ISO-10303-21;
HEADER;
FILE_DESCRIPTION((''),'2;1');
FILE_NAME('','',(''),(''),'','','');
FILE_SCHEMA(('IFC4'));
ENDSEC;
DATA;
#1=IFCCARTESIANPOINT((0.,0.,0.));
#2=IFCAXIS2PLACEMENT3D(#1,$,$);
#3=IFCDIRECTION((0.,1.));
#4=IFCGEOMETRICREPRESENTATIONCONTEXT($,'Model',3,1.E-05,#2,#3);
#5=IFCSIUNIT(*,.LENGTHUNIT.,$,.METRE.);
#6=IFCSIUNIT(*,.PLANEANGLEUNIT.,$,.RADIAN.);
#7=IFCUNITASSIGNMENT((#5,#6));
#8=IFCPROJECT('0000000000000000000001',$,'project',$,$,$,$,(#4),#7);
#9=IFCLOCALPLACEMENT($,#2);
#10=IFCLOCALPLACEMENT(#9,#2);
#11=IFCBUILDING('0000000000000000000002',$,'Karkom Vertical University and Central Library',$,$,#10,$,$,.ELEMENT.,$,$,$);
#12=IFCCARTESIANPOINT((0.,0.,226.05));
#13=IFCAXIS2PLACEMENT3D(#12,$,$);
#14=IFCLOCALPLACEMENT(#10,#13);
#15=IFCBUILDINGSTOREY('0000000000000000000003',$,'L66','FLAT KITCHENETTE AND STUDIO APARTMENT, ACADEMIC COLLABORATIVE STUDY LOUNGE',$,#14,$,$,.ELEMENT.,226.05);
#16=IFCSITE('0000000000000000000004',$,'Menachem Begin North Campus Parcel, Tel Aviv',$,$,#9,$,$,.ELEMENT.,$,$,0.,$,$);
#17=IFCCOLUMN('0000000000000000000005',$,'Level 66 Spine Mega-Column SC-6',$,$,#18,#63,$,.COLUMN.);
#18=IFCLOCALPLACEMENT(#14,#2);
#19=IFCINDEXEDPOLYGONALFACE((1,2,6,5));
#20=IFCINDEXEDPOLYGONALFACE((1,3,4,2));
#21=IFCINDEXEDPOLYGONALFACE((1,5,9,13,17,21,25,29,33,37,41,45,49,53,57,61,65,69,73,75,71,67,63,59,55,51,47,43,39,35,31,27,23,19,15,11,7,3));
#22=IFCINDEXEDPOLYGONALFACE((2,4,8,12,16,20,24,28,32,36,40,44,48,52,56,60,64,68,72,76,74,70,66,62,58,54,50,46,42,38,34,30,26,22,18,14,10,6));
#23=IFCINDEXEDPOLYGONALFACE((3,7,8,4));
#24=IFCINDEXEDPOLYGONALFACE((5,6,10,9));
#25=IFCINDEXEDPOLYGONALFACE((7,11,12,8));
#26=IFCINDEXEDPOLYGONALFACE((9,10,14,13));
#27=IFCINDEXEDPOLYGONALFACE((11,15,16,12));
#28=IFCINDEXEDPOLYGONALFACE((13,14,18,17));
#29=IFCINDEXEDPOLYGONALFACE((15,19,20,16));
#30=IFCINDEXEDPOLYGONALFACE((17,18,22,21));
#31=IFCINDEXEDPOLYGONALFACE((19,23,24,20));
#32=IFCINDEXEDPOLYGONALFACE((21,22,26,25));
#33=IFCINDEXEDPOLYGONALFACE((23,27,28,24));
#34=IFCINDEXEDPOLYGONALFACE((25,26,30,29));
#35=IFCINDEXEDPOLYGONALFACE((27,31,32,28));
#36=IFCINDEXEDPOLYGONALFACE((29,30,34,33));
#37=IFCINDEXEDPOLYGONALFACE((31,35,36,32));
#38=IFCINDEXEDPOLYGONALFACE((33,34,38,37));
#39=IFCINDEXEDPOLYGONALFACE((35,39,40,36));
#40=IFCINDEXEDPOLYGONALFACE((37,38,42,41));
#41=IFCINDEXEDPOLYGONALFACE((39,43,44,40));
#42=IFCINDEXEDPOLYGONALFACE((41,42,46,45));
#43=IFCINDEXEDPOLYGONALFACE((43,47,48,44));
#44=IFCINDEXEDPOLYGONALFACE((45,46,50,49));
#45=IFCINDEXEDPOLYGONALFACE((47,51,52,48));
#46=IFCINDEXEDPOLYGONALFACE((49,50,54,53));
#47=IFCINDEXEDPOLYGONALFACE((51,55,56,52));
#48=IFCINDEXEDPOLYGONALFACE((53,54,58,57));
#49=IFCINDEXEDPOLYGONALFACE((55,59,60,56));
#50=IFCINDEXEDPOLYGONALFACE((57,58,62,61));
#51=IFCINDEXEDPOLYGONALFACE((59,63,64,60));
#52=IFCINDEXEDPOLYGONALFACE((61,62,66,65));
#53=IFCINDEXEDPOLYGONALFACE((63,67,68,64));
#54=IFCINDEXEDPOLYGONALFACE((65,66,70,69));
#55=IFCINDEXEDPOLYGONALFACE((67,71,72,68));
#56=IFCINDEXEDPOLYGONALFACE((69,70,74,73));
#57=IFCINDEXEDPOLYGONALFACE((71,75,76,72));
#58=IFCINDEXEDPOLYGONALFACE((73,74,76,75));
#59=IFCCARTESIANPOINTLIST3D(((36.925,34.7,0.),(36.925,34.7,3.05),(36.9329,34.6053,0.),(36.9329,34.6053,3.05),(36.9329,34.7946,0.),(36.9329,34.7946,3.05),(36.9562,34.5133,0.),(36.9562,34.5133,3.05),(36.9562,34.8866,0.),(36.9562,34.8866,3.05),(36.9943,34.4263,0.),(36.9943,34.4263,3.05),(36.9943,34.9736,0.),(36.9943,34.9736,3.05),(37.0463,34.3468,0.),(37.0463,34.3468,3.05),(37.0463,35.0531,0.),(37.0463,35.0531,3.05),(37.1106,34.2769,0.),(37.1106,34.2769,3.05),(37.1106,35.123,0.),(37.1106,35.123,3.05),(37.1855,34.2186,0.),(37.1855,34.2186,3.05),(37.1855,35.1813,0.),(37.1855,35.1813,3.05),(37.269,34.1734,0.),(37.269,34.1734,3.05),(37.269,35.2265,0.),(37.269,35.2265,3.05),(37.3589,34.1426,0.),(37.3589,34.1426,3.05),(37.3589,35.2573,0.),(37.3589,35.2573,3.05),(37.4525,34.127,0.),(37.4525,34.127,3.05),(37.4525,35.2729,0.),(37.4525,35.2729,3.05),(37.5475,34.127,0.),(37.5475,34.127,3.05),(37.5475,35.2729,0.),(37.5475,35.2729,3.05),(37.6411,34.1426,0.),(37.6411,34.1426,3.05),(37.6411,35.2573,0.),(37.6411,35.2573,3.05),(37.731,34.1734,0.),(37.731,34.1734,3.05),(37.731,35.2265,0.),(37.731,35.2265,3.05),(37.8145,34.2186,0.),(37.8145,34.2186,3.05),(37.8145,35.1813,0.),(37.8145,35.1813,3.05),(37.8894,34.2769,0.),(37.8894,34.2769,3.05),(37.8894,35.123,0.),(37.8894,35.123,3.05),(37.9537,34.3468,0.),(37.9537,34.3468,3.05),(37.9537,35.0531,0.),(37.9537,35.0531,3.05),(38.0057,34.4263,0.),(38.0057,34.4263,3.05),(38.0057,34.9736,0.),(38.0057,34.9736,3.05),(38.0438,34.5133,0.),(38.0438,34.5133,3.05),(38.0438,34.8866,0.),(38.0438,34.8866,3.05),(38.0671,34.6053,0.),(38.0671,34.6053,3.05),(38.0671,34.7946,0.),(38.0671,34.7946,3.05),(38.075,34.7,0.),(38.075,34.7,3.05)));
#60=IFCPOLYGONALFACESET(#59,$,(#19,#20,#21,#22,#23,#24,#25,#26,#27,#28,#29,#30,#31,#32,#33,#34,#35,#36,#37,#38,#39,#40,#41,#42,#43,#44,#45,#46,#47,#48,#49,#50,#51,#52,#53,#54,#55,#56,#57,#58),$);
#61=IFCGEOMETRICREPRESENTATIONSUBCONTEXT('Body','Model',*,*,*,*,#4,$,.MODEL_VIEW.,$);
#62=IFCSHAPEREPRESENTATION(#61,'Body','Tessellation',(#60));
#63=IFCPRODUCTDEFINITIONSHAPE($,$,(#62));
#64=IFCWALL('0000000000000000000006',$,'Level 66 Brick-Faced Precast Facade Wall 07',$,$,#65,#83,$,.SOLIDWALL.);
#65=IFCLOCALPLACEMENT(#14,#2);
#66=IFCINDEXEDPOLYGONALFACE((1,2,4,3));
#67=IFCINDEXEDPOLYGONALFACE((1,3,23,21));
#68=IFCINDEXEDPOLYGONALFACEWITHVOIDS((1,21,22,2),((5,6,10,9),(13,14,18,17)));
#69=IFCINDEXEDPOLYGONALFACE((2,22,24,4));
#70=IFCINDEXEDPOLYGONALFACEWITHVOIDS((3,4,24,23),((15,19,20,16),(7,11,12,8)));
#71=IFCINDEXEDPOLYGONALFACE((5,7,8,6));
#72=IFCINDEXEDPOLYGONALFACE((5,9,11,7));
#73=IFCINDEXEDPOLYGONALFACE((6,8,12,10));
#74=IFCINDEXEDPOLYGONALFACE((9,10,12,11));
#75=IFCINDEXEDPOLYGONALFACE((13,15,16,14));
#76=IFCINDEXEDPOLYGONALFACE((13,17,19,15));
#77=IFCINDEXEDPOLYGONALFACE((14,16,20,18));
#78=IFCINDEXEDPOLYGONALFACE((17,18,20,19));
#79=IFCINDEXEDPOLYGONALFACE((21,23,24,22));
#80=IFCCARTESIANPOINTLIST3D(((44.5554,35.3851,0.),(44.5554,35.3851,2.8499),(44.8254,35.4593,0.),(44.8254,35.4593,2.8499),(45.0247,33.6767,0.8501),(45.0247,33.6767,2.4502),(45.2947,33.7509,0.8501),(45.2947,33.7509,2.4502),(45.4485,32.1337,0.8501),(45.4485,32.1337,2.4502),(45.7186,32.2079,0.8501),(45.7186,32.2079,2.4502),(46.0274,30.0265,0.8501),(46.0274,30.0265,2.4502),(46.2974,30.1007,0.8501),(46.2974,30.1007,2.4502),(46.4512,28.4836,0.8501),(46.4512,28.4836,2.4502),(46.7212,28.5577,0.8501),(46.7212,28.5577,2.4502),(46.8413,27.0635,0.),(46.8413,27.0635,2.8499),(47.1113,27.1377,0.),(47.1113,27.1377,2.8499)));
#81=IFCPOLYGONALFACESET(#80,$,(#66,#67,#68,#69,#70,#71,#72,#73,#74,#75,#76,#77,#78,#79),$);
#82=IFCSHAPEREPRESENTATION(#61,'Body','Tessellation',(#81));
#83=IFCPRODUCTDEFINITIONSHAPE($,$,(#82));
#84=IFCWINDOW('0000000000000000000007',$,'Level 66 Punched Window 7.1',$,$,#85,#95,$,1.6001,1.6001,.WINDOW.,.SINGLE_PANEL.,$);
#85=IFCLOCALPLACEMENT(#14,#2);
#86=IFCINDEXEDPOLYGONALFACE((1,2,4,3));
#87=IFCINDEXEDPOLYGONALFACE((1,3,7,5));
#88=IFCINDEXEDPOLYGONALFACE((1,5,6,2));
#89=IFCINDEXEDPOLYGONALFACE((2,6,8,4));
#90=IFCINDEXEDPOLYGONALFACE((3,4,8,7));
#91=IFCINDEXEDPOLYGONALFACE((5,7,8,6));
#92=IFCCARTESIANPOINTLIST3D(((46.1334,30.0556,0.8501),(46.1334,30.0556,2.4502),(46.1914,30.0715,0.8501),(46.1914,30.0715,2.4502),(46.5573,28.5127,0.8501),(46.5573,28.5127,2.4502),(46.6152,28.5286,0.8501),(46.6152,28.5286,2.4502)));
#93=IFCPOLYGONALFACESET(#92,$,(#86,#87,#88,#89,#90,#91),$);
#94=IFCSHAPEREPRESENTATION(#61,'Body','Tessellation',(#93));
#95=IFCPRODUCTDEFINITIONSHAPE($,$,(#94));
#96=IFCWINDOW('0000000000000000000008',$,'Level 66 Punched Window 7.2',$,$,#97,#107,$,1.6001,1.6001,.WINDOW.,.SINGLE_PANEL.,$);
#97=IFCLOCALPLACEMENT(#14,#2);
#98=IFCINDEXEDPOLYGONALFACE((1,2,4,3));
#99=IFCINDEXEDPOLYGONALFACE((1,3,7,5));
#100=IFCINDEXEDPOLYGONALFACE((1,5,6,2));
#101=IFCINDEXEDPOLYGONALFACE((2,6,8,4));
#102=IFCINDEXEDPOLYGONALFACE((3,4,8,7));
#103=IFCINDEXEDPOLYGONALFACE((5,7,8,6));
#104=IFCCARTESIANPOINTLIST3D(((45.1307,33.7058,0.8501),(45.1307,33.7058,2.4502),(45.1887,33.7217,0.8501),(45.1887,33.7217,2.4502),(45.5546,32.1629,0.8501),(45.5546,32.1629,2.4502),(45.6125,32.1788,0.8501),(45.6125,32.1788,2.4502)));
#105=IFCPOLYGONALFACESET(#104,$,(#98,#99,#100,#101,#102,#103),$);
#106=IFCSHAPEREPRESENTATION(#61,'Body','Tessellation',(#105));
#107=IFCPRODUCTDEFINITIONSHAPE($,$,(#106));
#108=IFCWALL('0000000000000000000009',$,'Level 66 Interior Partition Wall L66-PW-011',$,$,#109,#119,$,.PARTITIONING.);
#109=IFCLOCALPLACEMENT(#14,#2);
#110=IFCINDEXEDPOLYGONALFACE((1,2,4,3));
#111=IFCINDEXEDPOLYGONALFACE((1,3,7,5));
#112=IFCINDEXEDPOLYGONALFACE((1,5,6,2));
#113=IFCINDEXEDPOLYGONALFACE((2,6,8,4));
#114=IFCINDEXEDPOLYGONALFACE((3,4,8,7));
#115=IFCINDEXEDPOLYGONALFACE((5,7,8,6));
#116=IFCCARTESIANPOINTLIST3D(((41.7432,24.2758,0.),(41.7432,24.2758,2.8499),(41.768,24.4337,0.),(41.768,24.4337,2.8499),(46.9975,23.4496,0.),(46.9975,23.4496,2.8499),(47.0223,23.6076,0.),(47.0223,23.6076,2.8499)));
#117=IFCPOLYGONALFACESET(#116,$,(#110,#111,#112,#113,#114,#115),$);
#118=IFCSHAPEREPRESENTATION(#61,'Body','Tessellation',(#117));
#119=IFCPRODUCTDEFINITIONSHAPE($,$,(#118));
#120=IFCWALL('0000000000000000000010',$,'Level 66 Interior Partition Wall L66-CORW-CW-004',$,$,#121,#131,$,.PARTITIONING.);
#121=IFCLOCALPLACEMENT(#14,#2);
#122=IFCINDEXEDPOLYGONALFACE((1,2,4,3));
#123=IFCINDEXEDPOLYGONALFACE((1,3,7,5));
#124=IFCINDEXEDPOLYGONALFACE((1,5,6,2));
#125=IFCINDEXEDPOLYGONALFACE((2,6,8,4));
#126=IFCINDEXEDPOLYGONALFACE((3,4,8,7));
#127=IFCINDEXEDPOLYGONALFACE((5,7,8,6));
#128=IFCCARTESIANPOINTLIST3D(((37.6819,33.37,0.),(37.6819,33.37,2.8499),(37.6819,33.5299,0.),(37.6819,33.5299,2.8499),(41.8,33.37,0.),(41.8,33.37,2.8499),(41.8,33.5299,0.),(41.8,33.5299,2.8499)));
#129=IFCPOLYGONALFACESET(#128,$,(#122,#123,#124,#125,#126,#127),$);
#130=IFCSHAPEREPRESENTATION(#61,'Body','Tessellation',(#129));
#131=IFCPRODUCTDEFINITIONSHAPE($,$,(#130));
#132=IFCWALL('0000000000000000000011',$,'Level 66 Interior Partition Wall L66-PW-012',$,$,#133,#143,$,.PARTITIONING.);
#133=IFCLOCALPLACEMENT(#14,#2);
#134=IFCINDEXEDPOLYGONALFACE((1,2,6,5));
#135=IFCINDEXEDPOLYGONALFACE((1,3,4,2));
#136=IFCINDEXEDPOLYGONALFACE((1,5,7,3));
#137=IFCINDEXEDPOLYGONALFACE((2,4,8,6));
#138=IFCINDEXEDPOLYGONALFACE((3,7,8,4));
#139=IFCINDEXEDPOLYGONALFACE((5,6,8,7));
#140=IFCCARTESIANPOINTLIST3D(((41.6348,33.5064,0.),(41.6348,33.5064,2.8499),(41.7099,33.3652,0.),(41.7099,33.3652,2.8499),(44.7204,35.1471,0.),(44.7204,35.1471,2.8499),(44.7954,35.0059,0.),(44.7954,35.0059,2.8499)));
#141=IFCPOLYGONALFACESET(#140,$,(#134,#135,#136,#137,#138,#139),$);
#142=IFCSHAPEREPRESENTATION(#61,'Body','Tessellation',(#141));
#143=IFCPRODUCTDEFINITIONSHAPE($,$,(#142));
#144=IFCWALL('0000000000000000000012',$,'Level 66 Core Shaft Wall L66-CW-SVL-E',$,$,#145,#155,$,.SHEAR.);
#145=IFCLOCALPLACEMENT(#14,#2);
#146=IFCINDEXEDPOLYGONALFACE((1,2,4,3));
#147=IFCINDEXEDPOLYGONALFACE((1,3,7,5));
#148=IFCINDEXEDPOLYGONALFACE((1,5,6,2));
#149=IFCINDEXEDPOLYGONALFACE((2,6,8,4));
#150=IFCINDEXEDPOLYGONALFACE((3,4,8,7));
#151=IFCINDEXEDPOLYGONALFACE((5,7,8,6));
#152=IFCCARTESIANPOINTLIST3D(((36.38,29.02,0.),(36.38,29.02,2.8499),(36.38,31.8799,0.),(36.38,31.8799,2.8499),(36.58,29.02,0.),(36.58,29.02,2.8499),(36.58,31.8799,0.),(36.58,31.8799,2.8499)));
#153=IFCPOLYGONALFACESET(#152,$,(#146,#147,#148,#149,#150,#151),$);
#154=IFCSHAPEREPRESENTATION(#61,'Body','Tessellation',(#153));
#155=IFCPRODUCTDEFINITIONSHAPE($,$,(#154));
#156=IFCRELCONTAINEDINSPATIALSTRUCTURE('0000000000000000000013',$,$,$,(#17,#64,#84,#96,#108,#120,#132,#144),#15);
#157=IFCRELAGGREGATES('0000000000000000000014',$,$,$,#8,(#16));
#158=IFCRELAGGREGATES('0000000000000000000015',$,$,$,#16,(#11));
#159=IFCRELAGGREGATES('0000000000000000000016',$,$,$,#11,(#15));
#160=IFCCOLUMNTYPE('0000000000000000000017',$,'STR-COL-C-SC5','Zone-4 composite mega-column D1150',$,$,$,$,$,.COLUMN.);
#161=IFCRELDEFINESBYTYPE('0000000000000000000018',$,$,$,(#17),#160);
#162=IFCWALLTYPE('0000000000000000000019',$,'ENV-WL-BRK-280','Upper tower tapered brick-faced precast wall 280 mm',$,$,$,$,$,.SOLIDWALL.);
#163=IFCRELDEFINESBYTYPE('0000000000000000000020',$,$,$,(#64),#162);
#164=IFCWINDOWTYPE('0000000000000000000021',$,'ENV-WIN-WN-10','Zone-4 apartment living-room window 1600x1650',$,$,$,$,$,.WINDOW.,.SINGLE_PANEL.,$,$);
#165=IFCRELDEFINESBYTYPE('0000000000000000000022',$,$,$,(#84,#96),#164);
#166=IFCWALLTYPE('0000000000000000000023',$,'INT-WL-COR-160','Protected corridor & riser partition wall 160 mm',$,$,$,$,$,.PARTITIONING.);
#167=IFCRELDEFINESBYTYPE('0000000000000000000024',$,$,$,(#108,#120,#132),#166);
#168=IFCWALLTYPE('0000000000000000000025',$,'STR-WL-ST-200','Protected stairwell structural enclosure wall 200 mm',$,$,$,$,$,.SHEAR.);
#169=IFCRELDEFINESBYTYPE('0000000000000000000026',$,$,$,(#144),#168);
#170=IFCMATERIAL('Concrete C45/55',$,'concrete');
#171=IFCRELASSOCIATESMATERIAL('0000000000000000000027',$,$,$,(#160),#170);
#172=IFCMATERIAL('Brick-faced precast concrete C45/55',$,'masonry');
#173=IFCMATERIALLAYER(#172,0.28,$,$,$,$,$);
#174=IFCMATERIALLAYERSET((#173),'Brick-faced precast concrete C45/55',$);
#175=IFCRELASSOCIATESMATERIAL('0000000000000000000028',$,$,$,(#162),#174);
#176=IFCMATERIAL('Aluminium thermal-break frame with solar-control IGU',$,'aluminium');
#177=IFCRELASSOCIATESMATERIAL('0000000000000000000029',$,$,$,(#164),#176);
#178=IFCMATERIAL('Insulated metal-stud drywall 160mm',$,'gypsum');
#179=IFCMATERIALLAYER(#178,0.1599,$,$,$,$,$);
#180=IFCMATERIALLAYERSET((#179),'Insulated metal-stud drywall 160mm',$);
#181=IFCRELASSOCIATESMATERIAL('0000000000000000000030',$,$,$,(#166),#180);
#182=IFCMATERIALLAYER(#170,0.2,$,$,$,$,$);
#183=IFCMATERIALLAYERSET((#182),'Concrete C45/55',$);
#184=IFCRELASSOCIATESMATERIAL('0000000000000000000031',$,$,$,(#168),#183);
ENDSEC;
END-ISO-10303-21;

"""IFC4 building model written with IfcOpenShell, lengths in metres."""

from ifc_helpers import new_model, si_unit, direction, frame, frame_2d, origin, origin_with_axes, origin_2d, place, context, subcontext, project, spatial, rectangle, circle, extrude, source, transform, mapped, material, layer, layer_set, material_profile, profile_set, type_object, element, fill, save


model = new_model("IFC4")

# Units and contexts
model_context = context("Model", 3, precision=1e-05, world=origin(), true_north=direction((0.0, 1.0)))
body_context = subcontext(model_context, "Body", "Model", "MODEL_VIEW")
ifc_project = project(units=[si_unit("LENGTHUNIT", "METRE"), si_unit("PLANEANGLEUNIT", "RADIAN")], contexts=[model_context])

# Site, building, storey
site_placement = place(None, origin())
site = spatial("IfcSite", under=ifc_project, at=site_placement, Name="Menachem Begin North Campus Parcel, Tel Aviv", CompositionType="ELEMENT", RefElevation=0.0)
building_placement = place(site_placement, origin())
building = spatial("IfcBuilding", under=site, at=building_placement, Name="Karkom Vertical University and Central Library", CompositionType="ELEMENT")
storey_placement = place(building_placement, frame((0.0, 0.0, 226.05)))
storey = spatial("IfcBuildingStorey", under=building, at=storey_placement, Name="L66", Description="FLAT KITCHENETTE AND STUDIO APARTMENT, ACADEMIC COLLABORATIVE STUDY LOUNGE", CompositionType="ELEMENT", Elevation=226.05)

# Column
ifc_material_1 = material(Name="Concrete C45/55", Category="concrete")
ifc_material_profile = material_profile(ifc_material_1, circle(Radius=0.575, at=origin_2d()), Name="CFT-D1150")
ifc_profile_set = profile_set([ifc_material_profile], Name="Concrete C45/55")
column_type = type_object("IfcColumnType", Name="STR-COL-C-SC5", Description="Zone-4 composite mega-column D1150", PredefinedType="COLUMN", material=ifc_profile_set)
shared_shape_1 = source(origin_with_axes(), body_context, "Body", "SweptSolid", [
    extrude(circle(Radius=0.575, at=origin_2d()), origin(), (0.0, 0.0, 1.0), 3.05),
])
column_placement = place(storey_placement, frame((37.5, 34.7, 0.0), z_axis=(0.0, 0.0, 1.0), x_axis=(1.0, 0.0, 0.0)))
element("IfcColumn", 1, at=column_placement, inside=storey, type_object=column_type, Name="Level 66 Spine Mega-Column SC-6", PredefinedType="COLUMN", context=body_context, shape_type="MappedRepresentation", body=[
    mapped(shared_shape_1, transform((0.0, 0.0, 0.0), scale=1.0)),
])

# Wall, openings, windows
ifc_material_2 = material(Name="Brick-faced precast concrete C45/55", Category="masonry")
ifc_layer_1 = layer(ifc_material_2, 0.28)
ifc_layer_set_1 = layer_set([ifc_layer_1], Name="Brick-faced precast concrete C45/55")
wall_type_1 = type_object("IfcWallType", Name="ENV-WL-BRK-280", Description="Upper tower tapered brick-faced precast wall 280 mm", PredefinedType="SOLIDWALL", material=ifc_layer_set_1)
wall_1_placement = place(storey_placement, frame((46.9763, 27.1006, 0.0), z_axis=(0.0, 0.0, 1.0), x_axis=(-0.264884, 0.96428, 0.0)))
wall_1 = element("IfcWall", 2, at=wall_1_placement, inside=storey, type_object=wall_type_1, Name="Level 66 Brick-Faced Precast Facade Wall 07", PredefinedType="SOLIDWALL", context=body_context, shape_type="SweptSolid", body=[
    extrude(rectangle(XDim=8.6299, YDim=0.28, at=frame_2d((4.3149, 0.0))), origin(), (0.0, 0.0, 1.0), 2.8499),
])
opening_1_placement = place(wall_1_placement, frame((1.4727, 0.0, 0.8501)))
opening_1 = element("IfcOpeningElement", 3, at=opening_1_placement, cuts=wall_1, PredefinedType="OPENING", context=body_context, shape_type="SweptSolid", body=[
    extrude(rectangle(XDim=1.6001, YDim=1.6001, at=frame_2d((0.8, 0.8))), frame((0.0, 0.1499, 0.0), z_axis=(0.0, -1.0, 0.0), x_axis=(1.0, 0.0, 0.0)), (0.0, 0.0, 1.0), 0.3),
])
opening_2_placement = place(wall_1_placement, frame((5.2581, 0.0, 0.8501)))
opening_2 = element("IfcOpeningElement", 4, at=opening_2_placement, cuts=wall_1, PredefinedType="OPENING", context=body_context, shape_type="SweptSolid", body=[
    extrude(rectangle(XDim=1.6001, YDim=1.6001, at=frame_2d((0.8, 0.8))), frame((0.0, 0.1499, 0.0), z_axis=(0.0, -1.0, 0.0), x_axis=(1.0, 0.0, 0.0)), (0.0, 0.0, 1.0), 0.3),
])
ifc_material_3 = material(Name="Aluminium thermal-break frame with solar-control IGU", Category="aluminium")
window_type = type_object("IfcWindowType", Name="ENV-WIN-WN-10", Description="Zone-4 apartment living-room window 1600x1650", PartitioningType="SINGLE_PANEL", PredefinedType="WINDOW", material=ifc_material_3)
shared_shape_2 = source(origin_with_axes(), body_context, "Body", "SweptSolid", [
    extrude(rectangle(XDim=1.6001, YDim=1.6001, at=frame_2d((0.8, 0.8))), frame((0.0, 0.03, 0.0), z_axis=(0.0, -1.0, 0.0), x_axis=(1.0, 0.0, 0.0)), (0.0, 0.0, 1.0), 0.0601),
])
window_1_placement = place(opening_1_placement, origin())
window_1 = element("IfcWindow", 5, at=window_1_placement, inside=storey, type_object=window_type, Name="Level 66 Punched Window 7.1", OverallHeight=1.6001, OverallWidth=1.6001, PartitioningType="SINGLE_PANEL", PredefinedType="WINDOW", context=body_context, shape_type="MappedRepresentation", body=[
    mapped(shared_shape_2, transform((0.0, 0.0, 0.0), scale=1.0)),
])
fill(opening_1, window_1)
window_2_placement = place(opening_2_placement, origin())
window_2 = element("IfcWindow", 6, at=window_2_placement, inside=storey, type_object=window_type, Name="Level 66 Punched Window 7.2", OverallHeight=1.6001, OverallWidth=1.6001, PartitioningType="SINGLE_PANEL", PredefinedType="WINDOW", context=body_context, shape_type="MappedRepresentation", body=[
    mapped(shared_shape_2, transform((0.0, 0.0, 0.0), scale=1.0)),
])
fill(opening_2, window_2)

# Shared definitions
ifc_material_4 = material(Name="Insulated metal-stud drywall 160mm", Category="gypsum")
ifc_layer_2 = layer(ifc_material_4, 0.1599)
ifc_layer_set_2 = layer_set([ifc_layer_2], Name="Insulated metal-stud drywall 160mm")
wall_type_2 = type_object("IfcWallType", Name="INT-WL-COR-160", Description="Protected corridor & riser partition wall 160 mm", PredefinedType="PARTITIONING", material=ifc_layer_set_2)

# Walls
wall_2_placement = place(storey_placement, frame((41.7556, 24.3547, 0.0), z_axis=(0.0, 0.0, 1.0), x_axis=(0.987863, -0.155326, 0.0)))
element("IfcWall", 7, at=wall_2_placement, inside=storey, type_object=wall_type_2, Name="Level 66 Interior Partition Wall L66-PW-011", PredefinedType="PARTITIONING", context=body_context, shape_type="SweptSolid", body=[
    extrude(rectangle(XDim=5.3188, YDim=0.1599, at=frame_2d((2.6594, 0.0))), origin(), (0.0, 0.0, 1.0), 2.8499),
])
wall_3_placement = place(storey_placement, frame((37.6819, 33.45, 0.0), z_axis=(0.0, 0.0, 1.0), x_axis=(1.0, 0.0, 0.0)))
element("IfcWall", 8, at=wall_3_placement, inside=storey, type_object=wall_type_2, Name="Level 66 Interior Partition Wall L66-CORW-CW-004", PredefinedType="PARTITIONING", context=body_context, shape_type="SweptSolid", body=[
    extrude(rectangle(XDim=4.1182, YDim=0.1599, at=frame_2d((2.0591, 0.0))), origin(), (0.0, 0.0, 1.0), 2.8499),
])
wall_4_placement = place(storey_placement, frame((41.6724, 33.4358, 0.0), z_axis=(0.0, 0.0, 1.0), x_axis=(0.88294, 0.469486, 0.0)))
element("IfcWall", 9, at=wall_4_placement, inside=storey, type_object=wall_type_2, Name="Level 66 Interior Partition Wall L66-PW-012", PredefinedType="PARTITIONING", context=body_context, shape_type="SweptSolid", body=[
    extrude(rectangle(XDim=3.4946, YDim=0.1599, at=frame_2d((1.7473, 0.0))), origin(), (0.0, 0.0, 1.0), 2.8499),
])

# Wall
ifc_layer_3 = layer(ifc_material_1, 0.2)
ifc_layer_set_3 = layer_set([ifc_layer_3], Name="Concrete C45/55")
wall_type_3 = type_object("IfcWallType", Name="STR-WL-ST-200", Description="Protected stairwell structural enclosure wall 200 mm", PredefinedType="SHEAR", material=ifc_layer_set_3)
wall_5_placement = place(storey_placement, frame((36.48, 29.02, 0.0), z_axis=(0.0, 0.0, 1.0), x_axis=(0.0, 1.0, 0.0)))
element("IfcWall", 10, at=wall_5_placement, inside=storey, type_object=wall_type_3, Name="Level 66 Core Shaft Wall L66-CW-SVL-E", PredefinedType="SHEAR", context=body_context, shape_type="SweptSolid", body=[
    extrude(rectangle(XDim=2.8599, YDim=0.2, at=frame_2d((1.4299, 0.0))), origin(), (0.0, 0.0, 1.0), 2.8499),
])

save(model, "model.ifc")
